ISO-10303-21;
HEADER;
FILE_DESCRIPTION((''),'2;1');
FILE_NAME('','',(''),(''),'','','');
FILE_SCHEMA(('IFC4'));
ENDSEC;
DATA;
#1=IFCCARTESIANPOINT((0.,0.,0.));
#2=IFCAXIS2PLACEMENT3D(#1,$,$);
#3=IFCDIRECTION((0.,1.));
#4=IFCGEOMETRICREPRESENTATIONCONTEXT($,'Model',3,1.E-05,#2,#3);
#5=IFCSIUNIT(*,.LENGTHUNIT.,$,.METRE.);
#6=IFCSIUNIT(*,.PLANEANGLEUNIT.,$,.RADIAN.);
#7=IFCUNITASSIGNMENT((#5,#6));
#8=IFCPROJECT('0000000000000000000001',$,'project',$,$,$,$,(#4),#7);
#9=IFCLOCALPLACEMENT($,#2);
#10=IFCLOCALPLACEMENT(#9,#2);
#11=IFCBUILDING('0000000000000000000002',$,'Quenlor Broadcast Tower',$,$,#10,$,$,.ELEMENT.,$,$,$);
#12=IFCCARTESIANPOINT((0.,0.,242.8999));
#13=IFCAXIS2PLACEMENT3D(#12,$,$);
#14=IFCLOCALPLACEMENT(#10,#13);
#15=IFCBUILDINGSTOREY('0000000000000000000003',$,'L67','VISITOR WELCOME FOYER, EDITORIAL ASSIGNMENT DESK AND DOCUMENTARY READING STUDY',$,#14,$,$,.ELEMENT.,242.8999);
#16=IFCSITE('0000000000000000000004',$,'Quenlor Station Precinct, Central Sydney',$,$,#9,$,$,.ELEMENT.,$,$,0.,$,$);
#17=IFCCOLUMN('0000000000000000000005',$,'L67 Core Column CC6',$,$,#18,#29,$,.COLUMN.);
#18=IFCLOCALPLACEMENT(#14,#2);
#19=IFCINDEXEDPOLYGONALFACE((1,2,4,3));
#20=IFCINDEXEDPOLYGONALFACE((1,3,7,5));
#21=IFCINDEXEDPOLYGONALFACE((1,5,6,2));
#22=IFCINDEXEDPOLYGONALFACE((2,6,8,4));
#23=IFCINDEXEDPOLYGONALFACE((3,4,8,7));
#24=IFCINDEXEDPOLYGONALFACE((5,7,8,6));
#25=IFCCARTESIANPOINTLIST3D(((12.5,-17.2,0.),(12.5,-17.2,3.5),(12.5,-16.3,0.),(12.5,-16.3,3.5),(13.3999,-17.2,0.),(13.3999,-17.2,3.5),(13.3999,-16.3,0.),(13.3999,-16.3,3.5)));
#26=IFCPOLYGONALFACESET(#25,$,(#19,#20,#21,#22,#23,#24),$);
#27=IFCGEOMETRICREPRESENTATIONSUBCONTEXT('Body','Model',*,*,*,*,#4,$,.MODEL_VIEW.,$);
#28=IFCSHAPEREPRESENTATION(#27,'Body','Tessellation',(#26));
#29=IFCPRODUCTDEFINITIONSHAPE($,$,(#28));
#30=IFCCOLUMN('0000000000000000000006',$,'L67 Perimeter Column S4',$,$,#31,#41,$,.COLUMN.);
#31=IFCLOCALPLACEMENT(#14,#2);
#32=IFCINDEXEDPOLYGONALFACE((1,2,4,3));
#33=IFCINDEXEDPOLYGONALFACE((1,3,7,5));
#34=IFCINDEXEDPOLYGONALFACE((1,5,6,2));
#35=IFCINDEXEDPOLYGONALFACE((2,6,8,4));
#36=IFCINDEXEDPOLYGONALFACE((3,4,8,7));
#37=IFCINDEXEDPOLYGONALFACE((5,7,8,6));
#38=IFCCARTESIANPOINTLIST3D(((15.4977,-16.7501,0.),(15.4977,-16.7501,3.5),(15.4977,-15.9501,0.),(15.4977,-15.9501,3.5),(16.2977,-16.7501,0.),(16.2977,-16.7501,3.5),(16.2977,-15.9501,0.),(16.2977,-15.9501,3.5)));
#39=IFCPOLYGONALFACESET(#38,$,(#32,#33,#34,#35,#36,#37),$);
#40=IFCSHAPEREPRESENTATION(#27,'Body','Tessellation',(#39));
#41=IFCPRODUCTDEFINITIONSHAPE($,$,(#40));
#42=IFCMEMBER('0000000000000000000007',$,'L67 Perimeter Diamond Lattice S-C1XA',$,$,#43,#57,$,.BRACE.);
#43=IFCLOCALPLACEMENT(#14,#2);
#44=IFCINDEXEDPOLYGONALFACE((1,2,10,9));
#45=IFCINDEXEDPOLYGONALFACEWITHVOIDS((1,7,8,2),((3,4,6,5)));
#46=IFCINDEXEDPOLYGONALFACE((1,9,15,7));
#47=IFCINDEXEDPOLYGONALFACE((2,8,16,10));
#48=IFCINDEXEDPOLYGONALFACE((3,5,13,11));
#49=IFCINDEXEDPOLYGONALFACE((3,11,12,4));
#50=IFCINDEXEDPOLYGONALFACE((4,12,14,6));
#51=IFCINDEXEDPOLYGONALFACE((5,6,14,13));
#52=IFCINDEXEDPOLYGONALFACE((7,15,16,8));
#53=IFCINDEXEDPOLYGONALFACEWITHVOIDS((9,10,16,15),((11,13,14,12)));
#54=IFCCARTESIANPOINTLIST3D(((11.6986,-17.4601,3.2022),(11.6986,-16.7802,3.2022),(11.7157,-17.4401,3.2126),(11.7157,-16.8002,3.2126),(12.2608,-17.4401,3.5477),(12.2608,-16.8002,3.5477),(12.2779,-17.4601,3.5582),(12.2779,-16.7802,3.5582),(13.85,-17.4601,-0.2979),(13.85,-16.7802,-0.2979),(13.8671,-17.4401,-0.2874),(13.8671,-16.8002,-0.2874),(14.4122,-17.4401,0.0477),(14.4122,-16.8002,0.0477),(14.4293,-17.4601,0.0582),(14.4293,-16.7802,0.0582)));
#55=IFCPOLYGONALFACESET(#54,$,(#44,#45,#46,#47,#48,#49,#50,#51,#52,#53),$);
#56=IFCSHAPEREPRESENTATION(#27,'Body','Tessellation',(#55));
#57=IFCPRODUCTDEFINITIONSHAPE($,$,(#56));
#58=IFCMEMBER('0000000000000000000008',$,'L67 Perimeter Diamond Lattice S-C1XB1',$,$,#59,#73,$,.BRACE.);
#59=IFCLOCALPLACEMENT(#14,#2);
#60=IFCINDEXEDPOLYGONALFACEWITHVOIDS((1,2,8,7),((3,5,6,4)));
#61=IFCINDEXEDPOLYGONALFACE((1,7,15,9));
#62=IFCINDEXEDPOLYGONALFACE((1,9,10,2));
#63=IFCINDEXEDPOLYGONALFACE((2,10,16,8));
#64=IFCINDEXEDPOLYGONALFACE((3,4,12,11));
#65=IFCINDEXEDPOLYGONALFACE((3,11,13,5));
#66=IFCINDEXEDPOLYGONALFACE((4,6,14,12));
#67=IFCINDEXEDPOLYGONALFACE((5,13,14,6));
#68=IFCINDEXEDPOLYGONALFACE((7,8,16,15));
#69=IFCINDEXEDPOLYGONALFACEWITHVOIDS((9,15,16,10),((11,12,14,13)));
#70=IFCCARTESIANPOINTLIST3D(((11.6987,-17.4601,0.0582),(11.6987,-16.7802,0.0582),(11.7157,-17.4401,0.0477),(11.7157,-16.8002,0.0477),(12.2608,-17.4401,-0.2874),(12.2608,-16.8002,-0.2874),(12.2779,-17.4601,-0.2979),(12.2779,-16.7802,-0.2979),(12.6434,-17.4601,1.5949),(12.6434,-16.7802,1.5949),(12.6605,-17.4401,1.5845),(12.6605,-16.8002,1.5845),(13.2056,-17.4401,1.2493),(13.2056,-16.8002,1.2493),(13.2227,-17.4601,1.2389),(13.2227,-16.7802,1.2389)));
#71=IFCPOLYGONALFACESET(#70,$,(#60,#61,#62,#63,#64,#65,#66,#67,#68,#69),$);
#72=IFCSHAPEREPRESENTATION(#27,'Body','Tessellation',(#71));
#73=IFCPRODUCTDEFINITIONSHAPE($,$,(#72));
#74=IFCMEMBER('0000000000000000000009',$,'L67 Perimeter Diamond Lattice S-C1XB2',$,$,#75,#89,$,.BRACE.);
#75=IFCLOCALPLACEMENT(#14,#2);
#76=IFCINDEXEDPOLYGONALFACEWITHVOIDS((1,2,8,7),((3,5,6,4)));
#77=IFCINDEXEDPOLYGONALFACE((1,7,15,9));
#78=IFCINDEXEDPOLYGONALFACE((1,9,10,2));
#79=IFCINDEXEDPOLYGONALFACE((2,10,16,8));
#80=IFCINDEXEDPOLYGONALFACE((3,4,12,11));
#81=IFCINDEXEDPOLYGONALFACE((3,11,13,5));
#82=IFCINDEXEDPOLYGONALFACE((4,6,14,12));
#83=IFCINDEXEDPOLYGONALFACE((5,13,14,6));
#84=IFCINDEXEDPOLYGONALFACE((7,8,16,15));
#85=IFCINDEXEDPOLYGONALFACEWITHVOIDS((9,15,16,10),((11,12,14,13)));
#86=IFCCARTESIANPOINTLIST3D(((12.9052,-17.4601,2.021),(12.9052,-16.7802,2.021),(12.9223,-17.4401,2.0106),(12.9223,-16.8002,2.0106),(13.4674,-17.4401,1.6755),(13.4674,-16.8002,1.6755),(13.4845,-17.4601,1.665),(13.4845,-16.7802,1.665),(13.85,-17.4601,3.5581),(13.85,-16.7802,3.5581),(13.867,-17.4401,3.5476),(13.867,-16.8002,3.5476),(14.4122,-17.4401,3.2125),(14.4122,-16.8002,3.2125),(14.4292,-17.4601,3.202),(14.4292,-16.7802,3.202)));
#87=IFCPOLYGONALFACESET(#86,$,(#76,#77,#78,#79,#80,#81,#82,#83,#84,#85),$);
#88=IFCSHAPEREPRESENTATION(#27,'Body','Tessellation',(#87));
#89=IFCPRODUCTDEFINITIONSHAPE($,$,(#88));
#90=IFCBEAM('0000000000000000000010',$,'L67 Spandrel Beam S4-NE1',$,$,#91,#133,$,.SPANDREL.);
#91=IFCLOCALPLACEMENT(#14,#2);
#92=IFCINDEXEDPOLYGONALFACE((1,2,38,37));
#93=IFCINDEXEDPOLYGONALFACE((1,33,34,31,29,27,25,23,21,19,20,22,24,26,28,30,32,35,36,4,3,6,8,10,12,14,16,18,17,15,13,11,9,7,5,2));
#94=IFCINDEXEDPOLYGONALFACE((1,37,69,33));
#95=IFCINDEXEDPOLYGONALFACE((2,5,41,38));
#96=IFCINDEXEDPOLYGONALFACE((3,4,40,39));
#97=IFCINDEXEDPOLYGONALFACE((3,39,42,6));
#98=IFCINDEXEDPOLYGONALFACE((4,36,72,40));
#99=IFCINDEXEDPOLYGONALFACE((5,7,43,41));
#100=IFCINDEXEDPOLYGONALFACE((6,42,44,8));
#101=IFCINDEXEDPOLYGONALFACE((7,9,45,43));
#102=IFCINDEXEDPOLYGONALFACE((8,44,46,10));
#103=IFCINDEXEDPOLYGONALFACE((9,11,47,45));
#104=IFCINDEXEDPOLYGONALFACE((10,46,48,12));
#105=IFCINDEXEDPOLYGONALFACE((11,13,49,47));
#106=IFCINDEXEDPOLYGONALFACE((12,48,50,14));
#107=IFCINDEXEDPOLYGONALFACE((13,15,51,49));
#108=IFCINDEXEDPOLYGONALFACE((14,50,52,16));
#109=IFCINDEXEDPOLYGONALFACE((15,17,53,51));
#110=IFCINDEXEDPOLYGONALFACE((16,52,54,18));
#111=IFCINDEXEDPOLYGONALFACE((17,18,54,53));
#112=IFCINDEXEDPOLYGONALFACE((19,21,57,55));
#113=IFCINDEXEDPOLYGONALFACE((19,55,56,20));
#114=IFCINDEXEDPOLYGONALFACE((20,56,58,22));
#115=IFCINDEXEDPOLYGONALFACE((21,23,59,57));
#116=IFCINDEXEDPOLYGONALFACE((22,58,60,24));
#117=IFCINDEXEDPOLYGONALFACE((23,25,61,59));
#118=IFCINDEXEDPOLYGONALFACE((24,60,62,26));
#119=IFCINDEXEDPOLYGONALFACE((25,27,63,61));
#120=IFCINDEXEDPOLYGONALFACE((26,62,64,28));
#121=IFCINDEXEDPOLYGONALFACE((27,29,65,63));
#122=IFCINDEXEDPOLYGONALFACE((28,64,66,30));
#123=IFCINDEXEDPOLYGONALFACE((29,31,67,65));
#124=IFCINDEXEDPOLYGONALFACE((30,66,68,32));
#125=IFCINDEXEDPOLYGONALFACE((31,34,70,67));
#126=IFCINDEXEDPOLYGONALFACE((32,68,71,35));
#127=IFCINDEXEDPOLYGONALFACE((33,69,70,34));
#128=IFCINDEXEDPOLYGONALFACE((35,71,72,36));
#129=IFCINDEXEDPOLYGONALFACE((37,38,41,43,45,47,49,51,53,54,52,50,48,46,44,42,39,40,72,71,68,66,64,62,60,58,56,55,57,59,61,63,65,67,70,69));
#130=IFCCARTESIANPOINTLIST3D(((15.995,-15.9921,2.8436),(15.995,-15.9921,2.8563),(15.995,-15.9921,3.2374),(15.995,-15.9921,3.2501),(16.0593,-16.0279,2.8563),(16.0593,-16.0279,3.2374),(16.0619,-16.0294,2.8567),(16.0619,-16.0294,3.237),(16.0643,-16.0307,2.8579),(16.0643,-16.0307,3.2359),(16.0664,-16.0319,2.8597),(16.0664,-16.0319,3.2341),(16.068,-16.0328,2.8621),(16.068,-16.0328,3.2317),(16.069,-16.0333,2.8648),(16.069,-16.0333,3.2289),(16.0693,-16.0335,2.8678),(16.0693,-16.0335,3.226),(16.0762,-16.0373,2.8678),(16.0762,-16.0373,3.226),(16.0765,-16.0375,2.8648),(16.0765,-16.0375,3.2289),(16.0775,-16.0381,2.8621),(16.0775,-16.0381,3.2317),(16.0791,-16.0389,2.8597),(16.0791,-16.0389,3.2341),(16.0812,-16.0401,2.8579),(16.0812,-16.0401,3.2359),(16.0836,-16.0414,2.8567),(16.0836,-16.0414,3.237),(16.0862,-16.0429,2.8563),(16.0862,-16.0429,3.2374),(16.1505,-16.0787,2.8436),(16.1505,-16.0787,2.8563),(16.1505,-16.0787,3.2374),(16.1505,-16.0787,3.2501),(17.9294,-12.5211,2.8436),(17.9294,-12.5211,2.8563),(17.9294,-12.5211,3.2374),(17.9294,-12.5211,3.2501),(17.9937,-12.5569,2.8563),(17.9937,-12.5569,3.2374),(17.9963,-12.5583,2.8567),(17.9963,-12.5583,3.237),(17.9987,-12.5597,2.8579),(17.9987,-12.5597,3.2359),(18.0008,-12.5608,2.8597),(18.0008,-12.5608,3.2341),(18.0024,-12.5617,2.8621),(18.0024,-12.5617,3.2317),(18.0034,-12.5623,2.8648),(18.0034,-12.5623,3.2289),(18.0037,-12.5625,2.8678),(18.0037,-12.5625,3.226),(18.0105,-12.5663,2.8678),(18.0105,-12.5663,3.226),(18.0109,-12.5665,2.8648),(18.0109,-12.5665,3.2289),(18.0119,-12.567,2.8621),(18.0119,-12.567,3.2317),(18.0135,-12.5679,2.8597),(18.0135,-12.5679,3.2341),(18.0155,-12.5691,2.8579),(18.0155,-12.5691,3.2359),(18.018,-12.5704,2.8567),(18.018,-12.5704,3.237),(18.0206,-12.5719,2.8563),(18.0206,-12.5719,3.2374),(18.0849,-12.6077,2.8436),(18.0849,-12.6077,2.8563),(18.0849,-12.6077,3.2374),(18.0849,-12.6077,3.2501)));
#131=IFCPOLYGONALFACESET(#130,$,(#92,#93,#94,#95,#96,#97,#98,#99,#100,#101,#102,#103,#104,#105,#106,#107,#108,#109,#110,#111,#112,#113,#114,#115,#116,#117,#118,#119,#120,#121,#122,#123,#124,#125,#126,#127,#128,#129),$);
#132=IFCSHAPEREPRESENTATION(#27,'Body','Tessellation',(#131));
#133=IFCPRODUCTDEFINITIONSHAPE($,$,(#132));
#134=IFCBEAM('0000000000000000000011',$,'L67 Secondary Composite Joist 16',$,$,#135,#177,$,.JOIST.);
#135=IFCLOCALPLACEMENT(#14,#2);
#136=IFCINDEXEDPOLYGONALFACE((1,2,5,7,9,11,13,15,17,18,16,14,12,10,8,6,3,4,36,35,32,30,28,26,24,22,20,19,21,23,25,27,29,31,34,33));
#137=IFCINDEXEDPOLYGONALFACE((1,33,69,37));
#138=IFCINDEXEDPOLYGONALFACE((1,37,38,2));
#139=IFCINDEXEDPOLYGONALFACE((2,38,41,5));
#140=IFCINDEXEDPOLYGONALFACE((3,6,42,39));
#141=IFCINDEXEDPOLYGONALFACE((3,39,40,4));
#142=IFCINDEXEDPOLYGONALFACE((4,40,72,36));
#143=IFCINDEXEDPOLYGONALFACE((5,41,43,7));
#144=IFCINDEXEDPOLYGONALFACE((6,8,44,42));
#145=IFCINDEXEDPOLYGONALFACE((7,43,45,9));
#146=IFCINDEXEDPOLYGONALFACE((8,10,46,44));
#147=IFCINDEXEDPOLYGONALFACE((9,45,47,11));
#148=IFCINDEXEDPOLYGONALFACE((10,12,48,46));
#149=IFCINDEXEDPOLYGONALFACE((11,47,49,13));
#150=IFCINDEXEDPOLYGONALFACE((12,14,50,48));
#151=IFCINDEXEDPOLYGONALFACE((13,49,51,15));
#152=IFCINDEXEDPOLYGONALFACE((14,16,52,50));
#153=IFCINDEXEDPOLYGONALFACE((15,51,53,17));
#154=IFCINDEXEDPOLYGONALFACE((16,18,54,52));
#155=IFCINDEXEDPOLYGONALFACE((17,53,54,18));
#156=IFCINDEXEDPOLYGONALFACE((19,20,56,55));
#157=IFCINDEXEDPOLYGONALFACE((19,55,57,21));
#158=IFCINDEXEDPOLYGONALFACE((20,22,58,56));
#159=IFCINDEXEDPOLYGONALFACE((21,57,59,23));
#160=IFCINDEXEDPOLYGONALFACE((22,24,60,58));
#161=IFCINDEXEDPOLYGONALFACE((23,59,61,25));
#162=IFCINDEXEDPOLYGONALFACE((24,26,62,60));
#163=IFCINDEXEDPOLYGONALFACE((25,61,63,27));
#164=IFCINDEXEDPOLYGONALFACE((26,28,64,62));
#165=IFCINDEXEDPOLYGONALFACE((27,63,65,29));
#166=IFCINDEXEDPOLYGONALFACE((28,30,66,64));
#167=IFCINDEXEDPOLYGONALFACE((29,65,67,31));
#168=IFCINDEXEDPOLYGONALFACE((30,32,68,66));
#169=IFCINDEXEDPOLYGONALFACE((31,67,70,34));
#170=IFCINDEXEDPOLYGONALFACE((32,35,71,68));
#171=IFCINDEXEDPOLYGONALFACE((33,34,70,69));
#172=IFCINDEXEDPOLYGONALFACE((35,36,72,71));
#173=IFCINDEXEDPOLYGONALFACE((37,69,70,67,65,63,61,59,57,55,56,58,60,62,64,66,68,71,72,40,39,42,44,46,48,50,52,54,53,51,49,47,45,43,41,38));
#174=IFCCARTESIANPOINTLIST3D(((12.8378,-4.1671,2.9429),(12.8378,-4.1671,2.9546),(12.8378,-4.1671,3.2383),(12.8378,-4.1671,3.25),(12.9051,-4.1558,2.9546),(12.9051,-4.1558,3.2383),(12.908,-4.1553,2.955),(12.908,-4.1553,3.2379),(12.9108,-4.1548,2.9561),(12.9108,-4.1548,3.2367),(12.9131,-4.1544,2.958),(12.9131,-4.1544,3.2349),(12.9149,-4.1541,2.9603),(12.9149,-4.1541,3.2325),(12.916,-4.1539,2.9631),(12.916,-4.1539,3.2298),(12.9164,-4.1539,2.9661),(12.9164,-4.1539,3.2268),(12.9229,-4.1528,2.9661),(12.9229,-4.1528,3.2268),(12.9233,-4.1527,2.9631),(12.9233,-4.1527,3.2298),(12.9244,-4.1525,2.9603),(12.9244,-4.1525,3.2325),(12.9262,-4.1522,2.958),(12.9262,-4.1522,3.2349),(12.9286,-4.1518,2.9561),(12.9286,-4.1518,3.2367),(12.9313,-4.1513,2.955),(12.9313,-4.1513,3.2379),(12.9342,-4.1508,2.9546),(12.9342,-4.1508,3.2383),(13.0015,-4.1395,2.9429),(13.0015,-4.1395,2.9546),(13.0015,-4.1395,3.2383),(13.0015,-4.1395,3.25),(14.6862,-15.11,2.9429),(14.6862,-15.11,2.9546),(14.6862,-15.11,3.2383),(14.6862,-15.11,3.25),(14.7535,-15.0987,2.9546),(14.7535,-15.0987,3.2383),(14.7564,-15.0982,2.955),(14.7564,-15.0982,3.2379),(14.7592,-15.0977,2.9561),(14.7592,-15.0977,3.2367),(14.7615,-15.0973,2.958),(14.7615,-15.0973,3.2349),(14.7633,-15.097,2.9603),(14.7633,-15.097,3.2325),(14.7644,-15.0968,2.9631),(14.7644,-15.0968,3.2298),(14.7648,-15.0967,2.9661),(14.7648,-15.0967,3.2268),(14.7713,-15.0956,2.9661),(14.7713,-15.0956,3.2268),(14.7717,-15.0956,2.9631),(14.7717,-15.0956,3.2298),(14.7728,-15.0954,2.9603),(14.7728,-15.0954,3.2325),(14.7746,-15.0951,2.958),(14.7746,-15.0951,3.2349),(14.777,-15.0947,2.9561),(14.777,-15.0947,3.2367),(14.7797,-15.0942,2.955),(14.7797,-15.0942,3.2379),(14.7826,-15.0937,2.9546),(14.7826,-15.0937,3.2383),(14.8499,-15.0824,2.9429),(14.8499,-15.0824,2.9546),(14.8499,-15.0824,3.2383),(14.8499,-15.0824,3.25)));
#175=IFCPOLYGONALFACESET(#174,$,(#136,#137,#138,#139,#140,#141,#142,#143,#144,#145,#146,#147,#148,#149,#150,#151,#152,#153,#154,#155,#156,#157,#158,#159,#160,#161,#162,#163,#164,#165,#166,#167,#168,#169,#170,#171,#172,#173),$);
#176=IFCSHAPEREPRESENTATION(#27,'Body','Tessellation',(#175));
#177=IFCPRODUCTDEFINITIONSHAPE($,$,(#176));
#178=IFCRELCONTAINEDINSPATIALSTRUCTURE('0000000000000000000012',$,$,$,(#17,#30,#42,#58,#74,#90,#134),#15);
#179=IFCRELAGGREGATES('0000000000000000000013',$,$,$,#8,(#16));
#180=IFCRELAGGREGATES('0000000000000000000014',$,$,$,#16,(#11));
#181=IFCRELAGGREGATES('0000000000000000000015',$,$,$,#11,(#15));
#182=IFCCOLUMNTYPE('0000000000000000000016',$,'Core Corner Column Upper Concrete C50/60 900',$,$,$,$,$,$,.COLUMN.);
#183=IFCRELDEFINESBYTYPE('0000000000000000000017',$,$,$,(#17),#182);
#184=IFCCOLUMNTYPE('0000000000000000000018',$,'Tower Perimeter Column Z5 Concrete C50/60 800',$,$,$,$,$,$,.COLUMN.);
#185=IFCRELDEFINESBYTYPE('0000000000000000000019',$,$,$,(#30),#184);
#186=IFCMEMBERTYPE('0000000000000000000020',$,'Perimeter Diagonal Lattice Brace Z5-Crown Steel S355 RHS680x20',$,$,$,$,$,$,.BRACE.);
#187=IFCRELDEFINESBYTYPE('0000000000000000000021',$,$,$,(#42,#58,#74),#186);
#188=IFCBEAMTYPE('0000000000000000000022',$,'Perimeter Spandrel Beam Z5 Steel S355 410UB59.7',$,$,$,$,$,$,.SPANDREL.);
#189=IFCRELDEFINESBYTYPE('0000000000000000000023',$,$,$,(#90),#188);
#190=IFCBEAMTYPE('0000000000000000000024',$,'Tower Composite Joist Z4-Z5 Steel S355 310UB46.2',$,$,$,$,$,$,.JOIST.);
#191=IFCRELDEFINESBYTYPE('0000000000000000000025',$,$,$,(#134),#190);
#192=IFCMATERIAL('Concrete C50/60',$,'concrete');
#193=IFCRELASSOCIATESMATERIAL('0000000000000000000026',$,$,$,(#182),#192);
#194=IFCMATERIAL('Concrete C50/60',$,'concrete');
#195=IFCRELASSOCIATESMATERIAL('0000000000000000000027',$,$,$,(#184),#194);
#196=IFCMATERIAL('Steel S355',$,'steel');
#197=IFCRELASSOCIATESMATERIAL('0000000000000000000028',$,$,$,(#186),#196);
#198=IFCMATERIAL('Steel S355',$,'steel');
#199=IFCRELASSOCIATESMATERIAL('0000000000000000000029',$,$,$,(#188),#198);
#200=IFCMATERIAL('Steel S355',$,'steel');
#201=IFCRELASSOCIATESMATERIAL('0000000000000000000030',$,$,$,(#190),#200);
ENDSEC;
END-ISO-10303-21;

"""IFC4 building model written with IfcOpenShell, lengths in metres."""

from ifc_helpers import new_model, si_unit, direction, frame, origin, origin_2d, place, context, subcontext, project, spatial, rectangle, hollow_rectangle, i_section, extrude, material, material_profile, profile_set, type_object, element, save


model = new_model("IFC4")

# Units and contexts
model_context = context("Model", 3, precision=1e-05, world=origin(), true_north=direction((0.0, 1.0)))
body_context = subcontext(model_context, "Body", "Model", "MODEL_VIEW")
ifc_project = project(units=[si_unit("LENGTHUNIT", "METRE"), si_unit("PLANEANGLEUNIT", "RADIAN")], contexts=[model_context])

# Site, building, storey
site_placement = place(None, origin())
site = spatial("IfcSite", under=ifc_project, at=site_placement, Name="Quenlor Station Precinct, Central Sydney", CompositionType="ELEMENT", RefElevation=0.0)
building_placement = place(site_placement, origin())
building = spatial("IfcBuilding", under=site, at=building_placement, Name="Quenlor Broadcast Tower", CompositionType="ELEMENT")
storey_placement = place(building_placement, frame((0.0, 0.0, 242.8999)))
storey = spatial("IfcBuildingStorey", under=building, at=storey_placement, Name="L67", Description="VISITOR WELCOME FOYER, EDITORIAL ASSIGNMENT DESK AND DOCUMENTARY READING STUDY", CompositionType="ELEMENT", Elevation=242.8999)

# Columns
ifc_material_1 = material(Name="Concrete C50/60", Category="concrete")
ifc_material_profile_1 = material_profile(ifc_material_1, rectangle(XDim=0.8999, YDim=0.8999, at=origin_2d()))
ifc_profile_set_1 = profile_set([ifc_material_profile_1], Name="Concrete C50/60 RC900x900")
column_type_1 = type_object("IfcColumnType", Name="Core Corner Column Upper Concrete C50/60 900", PredefinedType="COLUMN", material=ifc_profile_set_1)
column_1_placement = place(storey_placement, frame((12.95, -16.75, 0.0), z_axis=(0.0, 0.0, 1.0), x_axis=(1.0, 0.0, 0.0)))
element("IfcColumn", 1, at=column_1_placement, inside=storey, type_object=column_type_1, Name="L67 Core Column CC6", PredefinedType="COLUMN", context=body_context, shape_type="SweptSolid", body=[
    extrude(rectangle(XDim=0.8999, YDim=0.8999, at=origin_2d()), origin(), (0.0, 0.0, 1.0), 3.5),
])
ifc_material_2 = material(Name="Concrete C50/60", Category="concrete")
ifc_material_profile_2 = material_profile(ifc_material_2, rectangle(XDim=0.8, YDim=0.8, at=origin_2d()))
ifc_profile_set_2 = profile_set([ifc_material_profile_2], Name="Concrete C50/60 RC800x800")
column_type_2 = type_object("IfcColumnType", Name="Tower Perimeter Column Z5 Concrete C50/60 800", PredefinedType="COLUMN", material=ifc_profile_set_2)
column_2_placement = place(storey_placement, frame((15.8977, -16.3501, 0.0), z_axis=(0.0, 0.0, 1.0), x_axis=(0.0, 1.0, 0.0)))
element("IfcColumn", 2, at=column_2_placement, inside=storey, type_object=column_type_2, Name="L67 Perimeter Column S4", PredefinedType="COLUMN", context=body_context, shape_type="SweptSolid", body=[
    extrude(rectangle(XDim=0.8, YDim=0.8, at=origin_2d()), origin(), (0.0, 0.0, 1.0), 3.5),
])

# Members
ifc_material_3 = material(Name="Steel S355", Category="steel")
ifc_material_profile_3 = material_profile(ifc_material_3, hollow_rectangle(XDim=0.6799, YDim=0.6799, WallThickness=0.02, at=origin_2d()))
ifc_profile_set_3 = profile_set([ifc_material_profile_3], Name="Steel S355 RHS680x680x20")
member_type = type_object("IfcMemberType", Name="Perimeter Diagonal Lattice Brace Z5-Crown Steel S355 RHS680x20", PredefinedType="BRACE", material=ifc_profile_set_3)
member_1_placement = place(storey_placement, frame((14.1396, -17.1201, -0.1199), z_axis=(-0.52366, 0.0, 0.851928), x_axis=(0.0, -1.0, 0.0)))
element("IfcMember", 3, at=member_1_placement, inside=storey, type_object=member_type, Name="L67 Perimeter Diamond Lattice S-C1XA", PredefinedType="BRACE", context=body_context, shape_type="SweptSolid", body=[
    extrude(hollow_rectangle(XDim=0.6799, YDim=0.6799, WallThickness=0.02, at=origin_2d()), origin(), (0.0, 0.0, 1.0), 4.1084),
])
member_2_placement = place(storey_placement, frame((11.9883, -17.1201, -0.1199), z_axis=(0.52372, 0.0, 0.851891), x_axis=(0.0, 1.0, 0.0)))
element("IfcMember", 4, at=member_2_placement, inside=storey, type_object=member_type, Name="L67 Perimeter Diamond Lattice S-C1XB1", PredefinedType="BRACE", context=body_context, shape_type="SweptSolid", body=[
    extrude(hollow_rectangle(XDim=0.6799, YDim=0.6799, WallThickness=0.02, at=origin_2d()), origin(), (0.0, 0.0, 1.0), 1.804),
])
member_3_placement = place(storey_placement, frame((13.1948, -17.1201, 1.843), z_axis=(0.523659, 0.0, 0.851928), x_axis=(0.0, 1.0, 0.0)))
element("IfcMember", 5, at=member_3_placement, inside=storey, type_object=member_type, Name="L67 Perimeter Diamond Lattice S-C1XB2", PredefinedType="BRACE", context=body_context, shape_type="SweptSolid", body=[
    extrude(hollow_rectangle(XDim=0.6799, YDim=0.6799, WallThickness=0.02, at=origin_2d()), origin(), (0.0, 0.0, 1.0), 1.8042),
])

# Beams
ifc_material_4 = material(Name="Steel S355", Category="steel")
ifc_material_profile_4 = material_profile(ifc_material_4, i_section(OverallWidth=0.178, OverallDepth=0.4065, WebThickness=0.0078, FlangeThickness=0.0127, FilletRadius=0.0115, at=origin_2d()))
ifc_profile_set_4 = profile_set([ifc_material_profile_4], Name="Steel S355 410UB59.7")
beam_type_1 = type_object("IfcBeamType", Name="Perimeter Spandrel Beam Z5 Steel S355 410UB59.7", PredefinedType="SPANDREL", material=ifc_profile_set_4)
beam_1_placement = place(storey_placement, frame((16.0728, -16.0354, 3.0469), z_axis=(0.486801, 0.873513, 0.0), x_axis=(-0.873513, 0.486801, 0.0)))
element("IfcBeam", 6, at=beam_1_placement, inside=storey, type_object=beam_type_1, Name="L67 Spandrel Beam S4-NE1", PredefinedType="SPANDREL", context=body_context, shape_type="SweptSolid", body=[
    extrude(i_section(OverallWidth=0.178, OverallDepth=0.4065, WebThickness=0.0078, FlangeThickness=0.0127, FilletRadius=0.0115, at=origin_2d()), origin(), (0.0, 0.0, 1.0), 3.9736),
])
ifc_material_5 = material(Name="Steel S355", Category="steel")
ifc_material_profile_5 = material_profile(ifc_material_5, i_section(OverallWidth=0.166, OverallDepth=0.3071, WebThickness=0.0066, FlangeThickness=0.0117, FilletRadius=0.0115, at=origin_2d()))
ifc_profile_set_5 = profile_set([ifc_material_profile_5], Name="Steel S355 310UB46.2")
beam_type_2 = type_object("IfcBeamType", Name="Tower Composite Joist Z4-Z5 Steel S355 310UB46.2", PredefinedType="JOIST", material=ifc_profile_set_5)
beam_2_placement = place(storey_placement, frame((14.7681, -15.0962, 3.0964), z_axis=(-0.166553, 0.986032, 0.0), x_axis=(-0.986032, -0.166553, 0.0)))
element("IfcBeam", 7, at=beam_2_placement, inside=storey, type_object=beam_type_2, Name="L67 Secondary Composite Joist 16", PredefinedType="JOIST", context=body_context, shape_type="SweptSolid", body=[
    extrude(i_section(OverallWidth=0.166, OverallDepth=0.3071, WebThickness=0.0066, FlangeThickness=0.0117, FilletRadius=0.0115, at=origin_2d()), origin(), (0.0, 0.0, 1.0), 11.0979),
])

save(model, "model.ifc")
